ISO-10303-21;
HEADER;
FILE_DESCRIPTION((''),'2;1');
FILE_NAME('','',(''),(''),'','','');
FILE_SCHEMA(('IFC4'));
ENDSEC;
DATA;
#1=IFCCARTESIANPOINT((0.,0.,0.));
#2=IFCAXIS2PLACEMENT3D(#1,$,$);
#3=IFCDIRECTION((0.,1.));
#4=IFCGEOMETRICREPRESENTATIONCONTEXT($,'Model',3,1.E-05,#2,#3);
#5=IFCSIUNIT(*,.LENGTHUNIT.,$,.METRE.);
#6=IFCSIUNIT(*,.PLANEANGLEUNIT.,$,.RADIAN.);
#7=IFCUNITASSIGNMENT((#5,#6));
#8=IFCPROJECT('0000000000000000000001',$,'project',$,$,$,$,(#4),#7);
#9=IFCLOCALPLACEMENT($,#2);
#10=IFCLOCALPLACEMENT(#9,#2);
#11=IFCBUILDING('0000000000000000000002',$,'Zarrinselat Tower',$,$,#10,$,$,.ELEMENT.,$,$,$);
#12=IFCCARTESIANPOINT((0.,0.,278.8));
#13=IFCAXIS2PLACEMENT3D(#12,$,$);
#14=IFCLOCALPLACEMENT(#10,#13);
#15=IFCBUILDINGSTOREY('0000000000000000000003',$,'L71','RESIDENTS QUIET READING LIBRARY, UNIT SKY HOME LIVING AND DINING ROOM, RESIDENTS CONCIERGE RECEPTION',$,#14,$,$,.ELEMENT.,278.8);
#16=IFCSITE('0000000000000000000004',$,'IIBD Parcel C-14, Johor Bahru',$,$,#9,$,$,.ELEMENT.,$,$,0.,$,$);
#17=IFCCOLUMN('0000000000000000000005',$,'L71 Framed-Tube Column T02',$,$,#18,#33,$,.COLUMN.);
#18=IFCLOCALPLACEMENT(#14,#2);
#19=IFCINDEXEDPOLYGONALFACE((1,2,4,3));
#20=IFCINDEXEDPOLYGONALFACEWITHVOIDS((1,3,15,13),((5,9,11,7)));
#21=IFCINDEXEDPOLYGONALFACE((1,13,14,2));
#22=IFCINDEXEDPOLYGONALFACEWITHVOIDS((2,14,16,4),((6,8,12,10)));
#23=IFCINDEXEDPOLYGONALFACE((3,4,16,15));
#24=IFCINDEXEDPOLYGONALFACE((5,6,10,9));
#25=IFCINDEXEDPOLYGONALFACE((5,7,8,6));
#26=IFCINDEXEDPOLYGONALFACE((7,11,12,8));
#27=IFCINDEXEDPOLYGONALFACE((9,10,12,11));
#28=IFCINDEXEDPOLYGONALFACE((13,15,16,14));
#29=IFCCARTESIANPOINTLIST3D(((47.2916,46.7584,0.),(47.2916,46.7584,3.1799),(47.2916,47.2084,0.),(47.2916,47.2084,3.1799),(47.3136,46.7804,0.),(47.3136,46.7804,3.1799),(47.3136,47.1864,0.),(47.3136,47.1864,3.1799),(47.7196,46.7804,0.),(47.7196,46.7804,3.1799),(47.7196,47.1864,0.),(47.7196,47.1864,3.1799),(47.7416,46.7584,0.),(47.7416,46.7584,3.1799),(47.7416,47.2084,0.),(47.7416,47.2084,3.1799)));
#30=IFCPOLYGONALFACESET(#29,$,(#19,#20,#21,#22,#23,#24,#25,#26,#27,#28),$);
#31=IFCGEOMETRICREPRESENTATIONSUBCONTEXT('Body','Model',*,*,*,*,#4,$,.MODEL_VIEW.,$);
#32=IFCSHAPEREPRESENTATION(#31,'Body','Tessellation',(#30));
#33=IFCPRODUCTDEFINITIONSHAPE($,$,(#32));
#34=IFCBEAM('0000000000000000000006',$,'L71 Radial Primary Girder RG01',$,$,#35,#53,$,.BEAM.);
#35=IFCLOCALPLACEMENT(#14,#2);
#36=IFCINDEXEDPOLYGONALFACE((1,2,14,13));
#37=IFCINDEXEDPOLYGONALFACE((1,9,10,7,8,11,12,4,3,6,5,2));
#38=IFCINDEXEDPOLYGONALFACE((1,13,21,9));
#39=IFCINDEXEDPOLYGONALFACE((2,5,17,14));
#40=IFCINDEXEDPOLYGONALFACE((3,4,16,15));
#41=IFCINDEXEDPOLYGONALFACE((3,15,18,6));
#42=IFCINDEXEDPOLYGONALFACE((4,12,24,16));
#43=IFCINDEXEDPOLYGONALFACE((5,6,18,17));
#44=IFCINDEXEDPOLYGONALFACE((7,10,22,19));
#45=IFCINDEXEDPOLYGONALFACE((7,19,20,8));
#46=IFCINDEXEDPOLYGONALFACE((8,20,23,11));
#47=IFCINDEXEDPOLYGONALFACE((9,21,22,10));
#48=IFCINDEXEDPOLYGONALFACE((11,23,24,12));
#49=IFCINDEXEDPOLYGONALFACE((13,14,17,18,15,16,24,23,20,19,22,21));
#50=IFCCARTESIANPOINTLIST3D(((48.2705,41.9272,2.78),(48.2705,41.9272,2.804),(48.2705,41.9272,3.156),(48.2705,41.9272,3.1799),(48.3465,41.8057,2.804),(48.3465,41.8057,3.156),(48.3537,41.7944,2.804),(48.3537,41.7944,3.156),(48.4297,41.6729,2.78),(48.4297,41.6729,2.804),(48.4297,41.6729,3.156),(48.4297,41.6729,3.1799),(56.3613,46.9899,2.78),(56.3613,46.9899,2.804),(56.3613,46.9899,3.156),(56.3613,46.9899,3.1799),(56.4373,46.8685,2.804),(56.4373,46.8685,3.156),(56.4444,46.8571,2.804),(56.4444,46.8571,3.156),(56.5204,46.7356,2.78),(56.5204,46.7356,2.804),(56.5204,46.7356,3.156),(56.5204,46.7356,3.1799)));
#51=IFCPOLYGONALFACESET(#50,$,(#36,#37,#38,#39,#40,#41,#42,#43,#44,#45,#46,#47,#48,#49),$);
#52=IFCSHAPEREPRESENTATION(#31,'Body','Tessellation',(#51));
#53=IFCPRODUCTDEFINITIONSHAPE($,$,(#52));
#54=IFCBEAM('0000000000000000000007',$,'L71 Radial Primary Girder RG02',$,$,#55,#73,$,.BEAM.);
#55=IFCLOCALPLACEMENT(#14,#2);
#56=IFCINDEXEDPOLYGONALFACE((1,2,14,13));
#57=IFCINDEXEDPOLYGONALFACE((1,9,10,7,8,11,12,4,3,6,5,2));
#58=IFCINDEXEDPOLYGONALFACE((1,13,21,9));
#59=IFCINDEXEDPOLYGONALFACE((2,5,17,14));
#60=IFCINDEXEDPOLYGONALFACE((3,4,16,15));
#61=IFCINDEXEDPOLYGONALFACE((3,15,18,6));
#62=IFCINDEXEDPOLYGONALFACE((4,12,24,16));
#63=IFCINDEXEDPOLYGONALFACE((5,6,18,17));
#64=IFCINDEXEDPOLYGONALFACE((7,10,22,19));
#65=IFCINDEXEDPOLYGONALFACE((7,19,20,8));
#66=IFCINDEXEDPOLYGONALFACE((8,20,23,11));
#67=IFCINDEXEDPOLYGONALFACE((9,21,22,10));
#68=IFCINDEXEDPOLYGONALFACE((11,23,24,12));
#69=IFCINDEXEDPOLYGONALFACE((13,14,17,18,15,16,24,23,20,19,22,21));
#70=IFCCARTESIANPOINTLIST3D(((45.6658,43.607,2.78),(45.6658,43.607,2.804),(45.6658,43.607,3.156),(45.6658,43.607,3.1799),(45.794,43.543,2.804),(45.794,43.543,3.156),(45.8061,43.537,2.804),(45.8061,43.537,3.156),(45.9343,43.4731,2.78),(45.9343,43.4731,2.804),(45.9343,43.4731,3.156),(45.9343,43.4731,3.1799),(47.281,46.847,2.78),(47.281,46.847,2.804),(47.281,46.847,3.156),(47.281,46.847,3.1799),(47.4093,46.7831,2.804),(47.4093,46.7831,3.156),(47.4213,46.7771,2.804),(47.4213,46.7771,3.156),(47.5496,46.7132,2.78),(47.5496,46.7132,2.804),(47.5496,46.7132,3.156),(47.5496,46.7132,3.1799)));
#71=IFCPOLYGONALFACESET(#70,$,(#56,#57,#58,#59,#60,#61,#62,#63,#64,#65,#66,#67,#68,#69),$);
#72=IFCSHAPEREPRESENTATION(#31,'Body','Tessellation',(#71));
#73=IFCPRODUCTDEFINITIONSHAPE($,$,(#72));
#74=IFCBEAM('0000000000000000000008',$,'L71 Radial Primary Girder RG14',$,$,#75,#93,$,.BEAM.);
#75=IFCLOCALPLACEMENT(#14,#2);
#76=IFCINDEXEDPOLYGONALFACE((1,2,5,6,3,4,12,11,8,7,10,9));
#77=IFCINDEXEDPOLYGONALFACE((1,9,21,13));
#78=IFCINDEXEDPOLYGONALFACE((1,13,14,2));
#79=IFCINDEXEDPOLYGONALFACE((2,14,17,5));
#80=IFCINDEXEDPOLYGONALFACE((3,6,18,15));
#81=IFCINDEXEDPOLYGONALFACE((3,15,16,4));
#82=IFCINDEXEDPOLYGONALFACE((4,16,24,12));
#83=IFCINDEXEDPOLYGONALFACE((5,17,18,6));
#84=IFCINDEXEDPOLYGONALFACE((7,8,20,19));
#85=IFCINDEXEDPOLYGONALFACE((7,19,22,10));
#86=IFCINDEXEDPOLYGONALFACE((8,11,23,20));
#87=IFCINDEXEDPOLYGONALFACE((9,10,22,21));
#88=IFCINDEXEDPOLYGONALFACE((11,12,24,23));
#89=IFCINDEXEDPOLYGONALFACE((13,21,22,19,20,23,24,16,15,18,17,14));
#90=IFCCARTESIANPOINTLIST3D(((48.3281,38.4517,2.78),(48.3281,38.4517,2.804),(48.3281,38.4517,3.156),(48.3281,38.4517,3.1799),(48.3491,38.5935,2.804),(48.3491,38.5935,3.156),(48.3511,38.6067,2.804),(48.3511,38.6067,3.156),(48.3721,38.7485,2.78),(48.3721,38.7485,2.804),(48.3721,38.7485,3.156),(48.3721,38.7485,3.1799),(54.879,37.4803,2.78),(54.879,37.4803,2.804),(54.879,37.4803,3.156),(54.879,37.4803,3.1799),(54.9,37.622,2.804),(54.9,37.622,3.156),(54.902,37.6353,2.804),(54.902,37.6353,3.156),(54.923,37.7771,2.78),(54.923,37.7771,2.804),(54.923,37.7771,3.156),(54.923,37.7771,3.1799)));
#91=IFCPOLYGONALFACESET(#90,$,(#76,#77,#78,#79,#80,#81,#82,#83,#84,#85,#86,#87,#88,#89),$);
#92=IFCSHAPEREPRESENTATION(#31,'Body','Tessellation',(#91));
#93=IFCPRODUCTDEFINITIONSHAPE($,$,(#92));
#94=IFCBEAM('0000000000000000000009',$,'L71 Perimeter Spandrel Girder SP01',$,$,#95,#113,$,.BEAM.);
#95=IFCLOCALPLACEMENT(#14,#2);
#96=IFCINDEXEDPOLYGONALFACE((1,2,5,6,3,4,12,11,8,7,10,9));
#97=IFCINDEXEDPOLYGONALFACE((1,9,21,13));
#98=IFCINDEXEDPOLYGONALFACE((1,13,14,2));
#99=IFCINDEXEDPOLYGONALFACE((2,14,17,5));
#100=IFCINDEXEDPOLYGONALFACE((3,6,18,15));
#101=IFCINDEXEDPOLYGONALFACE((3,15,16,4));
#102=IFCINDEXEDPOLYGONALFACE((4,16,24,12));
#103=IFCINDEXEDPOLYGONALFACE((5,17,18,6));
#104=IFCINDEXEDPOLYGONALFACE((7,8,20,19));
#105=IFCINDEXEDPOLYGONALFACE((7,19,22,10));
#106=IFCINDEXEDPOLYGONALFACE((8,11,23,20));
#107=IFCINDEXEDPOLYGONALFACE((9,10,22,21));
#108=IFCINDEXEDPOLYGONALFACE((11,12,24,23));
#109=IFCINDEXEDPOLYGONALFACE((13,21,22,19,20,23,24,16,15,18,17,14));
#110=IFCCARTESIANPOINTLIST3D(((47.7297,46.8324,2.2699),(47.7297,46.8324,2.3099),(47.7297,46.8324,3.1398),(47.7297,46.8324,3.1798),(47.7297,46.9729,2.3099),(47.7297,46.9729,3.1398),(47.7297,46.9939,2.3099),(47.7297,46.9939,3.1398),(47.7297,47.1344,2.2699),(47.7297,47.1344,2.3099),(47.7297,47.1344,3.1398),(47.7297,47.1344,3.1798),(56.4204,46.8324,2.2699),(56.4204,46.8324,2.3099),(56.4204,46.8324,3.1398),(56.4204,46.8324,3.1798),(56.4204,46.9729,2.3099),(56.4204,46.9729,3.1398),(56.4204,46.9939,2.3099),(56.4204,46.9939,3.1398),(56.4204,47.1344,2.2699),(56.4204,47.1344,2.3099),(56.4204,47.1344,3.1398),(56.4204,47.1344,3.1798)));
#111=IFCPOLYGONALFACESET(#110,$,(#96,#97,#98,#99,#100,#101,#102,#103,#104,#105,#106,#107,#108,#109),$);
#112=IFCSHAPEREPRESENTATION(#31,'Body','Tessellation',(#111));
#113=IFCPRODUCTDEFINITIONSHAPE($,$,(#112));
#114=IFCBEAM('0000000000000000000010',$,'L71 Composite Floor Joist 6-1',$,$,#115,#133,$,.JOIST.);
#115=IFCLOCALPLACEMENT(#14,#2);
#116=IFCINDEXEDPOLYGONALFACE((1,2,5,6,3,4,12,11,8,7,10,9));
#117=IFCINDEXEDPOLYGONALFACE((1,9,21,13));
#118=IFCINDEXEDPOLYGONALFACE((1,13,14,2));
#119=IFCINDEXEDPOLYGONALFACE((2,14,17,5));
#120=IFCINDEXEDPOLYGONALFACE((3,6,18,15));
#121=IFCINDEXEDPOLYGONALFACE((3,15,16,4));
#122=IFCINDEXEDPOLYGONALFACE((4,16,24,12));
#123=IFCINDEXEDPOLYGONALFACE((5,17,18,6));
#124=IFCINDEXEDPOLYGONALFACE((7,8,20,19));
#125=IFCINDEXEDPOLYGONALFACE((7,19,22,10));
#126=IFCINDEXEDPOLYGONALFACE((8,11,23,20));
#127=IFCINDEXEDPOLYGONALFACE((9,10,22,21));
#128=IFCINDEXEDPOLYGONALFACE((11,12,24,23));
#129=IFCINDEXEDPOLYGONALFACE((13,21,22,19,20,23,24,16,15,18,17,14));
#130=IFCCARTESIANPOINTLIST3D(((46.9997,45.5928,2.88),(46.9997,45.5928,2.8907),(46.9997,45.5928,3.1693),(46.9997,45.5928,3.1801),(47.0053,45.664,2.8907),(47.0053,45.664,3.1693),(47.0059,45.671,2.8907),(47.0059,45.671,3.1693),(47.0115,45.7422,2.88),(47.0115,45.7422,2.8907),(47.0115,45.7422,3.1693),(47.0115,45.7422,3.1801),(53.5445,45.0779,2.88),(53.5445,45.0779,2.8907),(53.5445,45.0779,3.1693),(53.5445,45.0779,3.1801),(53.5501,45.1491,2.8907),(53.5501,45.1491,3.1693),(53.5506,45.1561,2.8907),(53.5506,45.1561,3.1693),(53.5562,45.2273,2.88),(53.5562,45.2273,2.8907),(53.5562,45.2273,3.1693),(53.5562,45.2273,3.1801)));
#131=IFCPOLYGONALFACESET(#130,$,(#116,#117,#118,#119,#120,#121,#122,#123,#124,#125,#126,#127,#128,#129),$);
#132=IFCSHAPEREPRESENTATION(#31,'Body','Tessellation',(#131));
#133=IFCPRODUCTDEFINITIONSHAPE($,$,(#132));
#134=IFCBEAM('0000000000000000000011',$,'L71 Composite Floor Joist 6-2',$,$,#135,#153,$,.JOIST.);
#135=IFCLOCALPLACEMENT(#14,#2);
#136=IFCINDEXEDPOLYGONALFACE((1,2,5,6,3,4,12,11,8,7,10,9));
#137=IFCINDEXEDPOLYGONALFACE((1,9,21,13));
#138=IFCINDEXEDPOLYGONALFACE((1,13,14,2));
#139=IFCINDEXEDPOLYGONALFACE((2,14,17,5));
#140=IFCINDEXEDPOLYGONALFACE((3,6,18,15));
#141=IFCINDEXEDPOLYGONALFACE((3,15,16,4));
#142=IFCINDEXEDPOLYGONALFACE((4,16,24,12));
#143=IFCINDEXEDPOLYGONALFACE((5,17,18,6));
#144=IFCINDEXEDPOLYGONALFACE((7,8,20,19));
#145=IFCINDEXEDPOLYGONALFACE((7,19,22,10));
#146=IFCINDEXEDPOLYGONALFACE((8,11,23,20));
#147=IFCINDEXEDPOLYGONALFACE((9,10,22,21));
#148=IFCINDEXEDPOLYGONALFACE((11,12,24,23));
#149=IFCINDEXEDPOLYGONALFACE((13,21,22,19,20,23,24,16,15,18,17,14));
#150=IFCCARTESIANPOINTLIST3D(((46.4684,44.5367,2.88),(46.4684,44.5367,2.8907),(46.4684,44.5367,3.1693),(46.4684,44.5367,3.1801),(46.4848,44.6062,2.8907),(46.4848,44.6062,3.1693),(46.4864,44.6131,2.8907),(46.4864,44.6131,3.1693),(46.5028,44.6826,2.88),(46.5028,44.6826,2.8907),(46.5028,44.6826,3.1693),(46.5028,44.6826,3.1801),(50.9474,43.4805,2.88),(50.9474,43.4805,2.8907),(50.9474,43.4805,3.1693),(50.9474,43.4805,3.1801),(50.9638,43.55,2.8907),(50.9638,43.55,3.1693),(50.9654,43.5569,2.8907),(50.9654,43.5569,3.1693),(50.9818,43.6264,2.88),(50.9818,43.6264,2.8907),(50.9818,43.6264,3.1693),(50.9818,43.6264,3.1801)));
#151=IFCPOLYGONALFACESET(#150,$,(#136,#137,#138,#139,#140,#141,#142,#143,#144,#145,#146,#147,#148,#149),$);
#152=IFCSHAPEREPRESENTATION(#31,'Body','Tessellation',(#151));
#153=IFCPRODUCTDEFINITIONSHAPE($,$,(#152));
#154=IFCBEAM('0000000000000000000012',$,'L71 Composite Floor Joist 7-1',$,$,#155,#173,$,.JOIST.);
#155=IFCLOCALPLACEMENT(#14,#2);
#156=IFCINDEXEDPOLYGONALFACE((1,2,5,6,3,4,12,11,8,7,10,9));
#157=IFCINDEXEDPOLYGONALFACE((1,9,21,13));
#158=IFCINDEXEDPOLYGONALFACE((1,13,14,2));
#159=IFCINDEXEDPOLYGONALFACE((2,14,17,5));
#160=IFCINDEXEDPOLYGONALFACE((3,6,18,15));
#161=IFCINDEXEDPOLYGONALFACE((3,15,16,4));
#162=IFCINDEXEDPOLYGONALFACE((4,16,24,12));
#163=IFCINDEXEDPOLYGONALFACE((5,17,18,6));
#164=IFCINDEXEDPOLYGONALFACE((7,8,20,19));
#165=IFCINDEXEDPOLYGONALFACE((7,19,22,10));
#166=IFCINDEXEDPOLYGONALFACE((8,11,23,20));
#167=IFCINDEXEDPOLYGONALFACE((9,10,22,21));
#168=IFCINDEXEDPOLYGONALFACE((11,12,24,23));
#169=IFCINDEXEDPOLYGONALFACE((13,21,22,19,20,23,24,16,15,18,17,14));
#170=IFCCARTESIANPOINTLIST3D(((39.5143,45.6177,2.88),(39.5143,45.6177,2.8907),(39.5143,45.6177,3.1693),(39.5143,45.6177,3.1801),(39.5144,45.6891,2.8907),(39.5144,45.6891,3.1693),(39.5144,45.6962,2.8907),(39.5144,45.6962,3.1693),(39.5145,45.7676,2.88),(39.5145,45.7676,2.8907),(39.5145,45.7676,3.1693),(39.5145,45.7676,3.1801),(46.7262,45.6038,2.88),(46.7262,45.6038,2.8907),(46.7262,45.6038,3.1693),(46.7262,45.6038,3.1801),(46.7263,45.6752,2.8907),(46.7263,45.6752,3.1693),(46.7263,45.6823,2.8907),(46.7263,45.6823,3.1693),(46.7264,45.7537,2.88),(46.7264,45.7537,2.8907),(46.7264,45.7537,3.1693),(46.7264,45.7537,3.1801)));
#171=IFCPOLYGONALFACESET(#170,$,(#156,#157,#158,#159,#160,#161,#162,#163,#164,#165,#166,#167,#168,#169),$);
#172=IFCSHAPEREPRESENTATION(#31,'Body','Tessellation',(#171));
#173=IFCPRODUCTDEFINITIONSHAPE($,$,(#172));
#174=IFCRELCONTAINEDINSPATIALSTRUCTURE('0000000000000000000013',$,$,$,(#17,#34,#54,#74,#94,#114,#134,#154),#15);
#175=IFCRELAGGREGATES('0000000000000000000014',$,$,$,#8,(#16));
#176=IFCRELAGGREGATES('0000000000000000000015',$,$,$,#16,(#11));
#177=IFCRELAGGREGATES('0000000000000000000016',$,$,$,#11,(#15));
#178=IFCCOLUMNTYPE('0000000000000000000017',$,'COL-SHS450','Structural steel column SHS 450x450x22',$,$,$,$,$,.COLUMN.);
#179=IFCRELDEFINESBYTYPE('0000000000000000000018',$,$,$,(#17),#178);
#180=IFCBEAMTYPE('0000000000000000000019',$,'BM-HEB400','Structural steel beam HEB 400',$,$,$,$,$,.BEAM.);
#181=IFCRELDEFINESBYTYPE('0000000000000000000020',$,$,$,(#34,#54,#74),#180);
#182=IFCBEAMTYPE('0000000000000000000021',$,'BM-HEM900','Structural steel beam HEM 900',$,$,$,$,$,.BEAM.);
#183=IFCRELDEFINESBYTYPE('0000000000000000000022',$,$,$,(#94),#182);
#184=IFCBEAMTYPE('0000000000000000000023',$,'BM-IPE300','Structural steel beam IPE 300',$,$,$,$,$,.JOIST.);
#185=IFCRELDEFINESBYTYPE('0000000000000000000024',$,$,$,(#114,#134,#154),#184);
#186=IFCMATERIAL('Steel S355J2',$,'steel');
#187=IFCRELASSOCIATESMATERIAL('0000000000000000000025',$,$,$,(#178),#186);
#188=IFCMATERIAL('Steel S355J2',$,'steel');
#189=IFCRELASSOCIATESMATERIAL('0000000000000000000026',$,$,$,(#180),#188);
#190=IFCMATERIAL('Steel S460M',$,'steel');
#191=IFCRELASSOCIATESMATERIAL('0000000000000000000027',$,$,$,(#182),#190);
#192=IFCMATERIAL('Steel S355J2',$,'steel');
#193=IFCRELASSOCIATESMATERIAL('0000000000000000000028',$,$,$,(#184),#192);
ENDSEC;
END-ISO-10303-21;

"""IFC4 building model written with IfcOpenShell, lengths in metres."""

from ifc_helpers import new_model, si_unit, direction, frame, origin, origin_2d, place, context, subcontext, project, spatial, hollow_rectangle, i_section, extrude, material, material_profile, profile_set, type_object, element, save


model = new_model("IFC4")

# Units and contexts
model_context = context("Model", 3, precision=1e-05, world=origin(), true_north=direction((0.0, 1.0)))
body_context = subcontext(model_context, "Body", "Model", "MODEL_VIEW")
ifc_project = project(units=[si_unit("LENGTHUNIT", "METRE"), si_unit("PLANEANGLEUNIT", "RADIAN")], contexts=[model_context])

# Site, building, storey
site_placement = place(None, origin())
site = spatial("IfcSite", under=ifc_project, at=site_placement, Name="IIBD Parcel C-14, Johor Bahru", CompositionType="ELEMENT", RefElevation=0.0)
building_placement = place(site_placement, origin())
building = spatial("IfcBuilding", under=site, at=building_placement, Name="Zarrinselat Tower", CompositionType="ELEMENT")
storey_placement = place(building_placement, frame((0.0, 0.0, 278.8)))
storey = spatial("IfcBuildingStorey", under=building, at=storey_placement, Name="L71", Description="RESIDENTS QUIET READING LIBRARY, UNIT SKY HOME LIVING AND DINING ROOM, RESIDENTS CONCIERGE RECEPTION", CompositionType="ELEMENT", Elevation=278.8)

# Column
ifc_material_1 = material(Name="Steel S355J2", Category="steel")
ifc_material_profile_1 = material_profile(ifc_material_1, hollow_rectangle(XDim=0.45, YDim=0.45, WallThickness=0.022, at=origin_2d()), Name="SHS 450x450x22")
ifc_profile_set_1 = profile_set([ifc_material_profile_1], Name="Steel S355J2")
column_type = type_object("IfcColumnType", Name="COL-SHS450", Description="Structural steel column SHS 450x450x22", PredefinedType="COLUMN", material=ifc_profile_set_1)
column_placement = place(storey_placement, frame((47.5166, 46.9834, 0.0), z_axis=(0.0, 0.0, 1.0), x_axis=(1.0, 0.0, 0.0)))
element("IfcColumn", 1, at=column_placement, inside=storey, type_object=column_type, Name="L71 Framed-Tube Column T02", PredefinedType="COLUMN", context=body_context, shape_type="SweptSolid", body=[
    extrude(hollow_rectangle(XDim=0.45, YDim=0.45, WallThickness=0.022, at=origin_2d()), origin(), (0.0, 0.0, 1.0), 3.1799),
])

# Beams
ifc_material_2 = material(Name="Steel S355J2", Category="steel")
ifc_material_profile_2 = material_profile(ifc_material_2, i_section(OverallWidth=0.3, OverallDepth=0.3999, WebThickness=0.0134, FlangeThickness=0.0239, at=origin_2d()), Name="HEB 400")
ifc_profile_set_2 = profile_set([ifc_material_profile_2], Name="Steel S355J2")
beam_type_1 = type_object("IfcBeamType", Name="BM-HEB400", Description="Structural steel beam HEB 400", PredefinedType="BEAM", material=ifc_profile_set_2)
beam_1_placement = place(storey_placement, frame((48.3501, 41.8, 2.98), z_axis=(0.847717, 0.53045, 0.0), x_axis=(-0.53045, 0.847717, 0.0)))
element("IfcBeam", 2, at=beam_1_placement, inside=storey, type_object=beam_type_1, Name="L71 Radial Primary Girder RG01", PredefinedType="BEAM", context=body_context, shape_type="SweptSolid", body=[
    extrude(i_section(OverallWidth=0.3, OverallDepth=0.3999, WebThickness=0.0134, FlangeThickness=0.0239, at=origin_2d()), origin(), (0.0, 0.0, 1.0), 9.5442),
])
beam_2_placement = place(storey_placement, frame((45.8, 43.54, 2.98), z_axis=(0.446161, 0.894953, 0.0), x_axis=(-0.894953, 0.446161, 0.0)))
element("IfcBeam", 3, at=beam_2_placement, inside=storey, type_object=beam_type_1, Name="L71 Radial Primary Girder RG02", PredefinedType="BEAM", context=body_context, shape_type="SweptSolid", body=[
    extrude(i_section(OverallWidth=0.3, OverallDepth=0.3999, WebThickness=0.0134, FlangeThickness=0.0239, at=origin_2d()), origin(), (0.0, 0.0, 1.0), 3.6204),
])
beam_3_placement = place(storey_placement, frame((48.3501, 38.6001, 2.98), z_axis=(0.989183, -0.146684, 0.0), x_axis=(0.146684, 0.989183, 0.0)))
element("IfcBeam", 4, at=beam_3_placement, inside=storey, type_object=beam_type_1, Name="L71 Radial Primary Girder RG14", PredefinedType="BEAM", context=body_context, shape_type="SweptSolid", body=[
    extrude(i_section(OverallWidth=0.3, OverallDepth=0.3999, WebThickness=0.0134, FlangeThickness=0.0239, at=origin_2d()), origin(), (0.0, 0.0, 1.0), 6.6226),
])
ifc_material_3 = material(Name="Steel S460M", Category="steel")
ifc_material_profile_3 = material_profile(ifc_material_3, i_section(OverallWidth=0.302, OverallDepth=0.9099, WebThickness=0.021, FlangeThickness=0.04, at=origin_2d()), Name="HEM 900")
ifc_profile_set_3 = profile_set([ifc_material_profile_3], Name="Steel S460M")
beam_type_2 = type_object("IfcBeamType", Name="BM-HEM900", Description="Structural steel beam HEM 900", PredefinedType="BEAM", material=ifc_profile_set_3)
beam_4_placement = place(storey_placement, frame((47.7297, 46.9834, 2.7249), z_axis=(1.0, 0.0, 0.0), x_axis=(0.0, 1.0, 0.0)))
element("IfcBeam", 5, at=beam_4_placement, inside=storey, type_object=beam_type_2, Name="L71 Perimeter Spandrel Girder SP01", PredefinedType="BEAM", context=body_context, shape_type="SweptSolid", body=[
    extrude(i_section(OverallWidth=0.302, OverallDepth=0.9099, WebThickness=0.021, FlangeThickness=0.04, at=origin_2d()), origin(), (0.0, 0.0, 1.0), 8.6907),
])
ifc_material_4 = material(Name="Steel S355J2", Category="steel")
ifc_material_profile_4 = material_profile(ifc_material_4, i_section(OverallWidth=0.1499, OverallDepth=0.3, WebThickness=0.0071, FlangeThickness=0.0107, at=origin_2d()), Name="IPE 300")
ifc_profile_set_4 = profile_set([ifc_material_profile_4], Name="Steel S355J2")
beam_type_3 = type_object("IfcBeamType", Name="BM-IPE300", Description="Structural steel beam IPE 300", PredefinedType="JOIST", material=ifc_profile_set_4)
beam_5_placement = place(storey_placement, frame((47.0056, 45.6675, 3.03), z_axis=(0.99692, -0.078431, 0.0), x_axis=(0.078431, 0.99692, 0.0)))
element("IfcBeam", 6, at=beam_5_placement, inside=storey, type_object=beam_type_3, Name="L71 Composite Floor Joist 6-1", PredefinedType="JOIST", context=body_context, shape_type="SweptSolid", body=[
    extrude(i_section(OverallWidth=0.1499, OverallDepth=0.3, WebThickness=0.0071, FlangeThickness=0.0107, at=origin_2d()), origin(), (0.0, 0.0, 1.0), 6.5649),
])
beam_6_placement = place(storey_placement, frame((46.4856, 44.6096, 3.03), z_axis=(0.973307, -0.229507, 0.0), x_axis=(0.229507, 0.973307, 0.0)))
element("IfcBeam", 7, at=beam_6_placement, inside=storey, type_object=beam_type_3, Name="L71 Composite Floor Joist 6-2", PredefinedType="JOIST", context=body_context, shape_type="SweptSolid", body=[
    extrude(i_section(OverallWidth=0.1499, OverallDepth=0.3, WebThickness=0.0071, FlangeThickness=0.0107, at=origin_2d()), origin(), (0.0, 0.0, 1.0), 4.6018),
])
beam_7_placement = place(storey_placement, frame((39.5144, 45.6926, 3.03), z_axis=(0.999998, -0.00193, 0.0), x_axis=(0.00193, 0.999998, 0.0)))
element("IfcBeam", 8, at=beam_7_placement, inside=storey, type_object=beam_type_3, Name="L71 Composite Floor Joist 7-1", PredefinedType="JOIST", context=body_context, shape_type="SweptSolid", body=[
    extrude(i_section(OverallWidth=0.1499, OverallDepth=0.3, WebThickness=0.0071, FlangeThickness=0.0107, at=origin_2d()), origin(), (0.0, 0.0, 1.0), 7.2119),
])

save(model, "model.ifc")
